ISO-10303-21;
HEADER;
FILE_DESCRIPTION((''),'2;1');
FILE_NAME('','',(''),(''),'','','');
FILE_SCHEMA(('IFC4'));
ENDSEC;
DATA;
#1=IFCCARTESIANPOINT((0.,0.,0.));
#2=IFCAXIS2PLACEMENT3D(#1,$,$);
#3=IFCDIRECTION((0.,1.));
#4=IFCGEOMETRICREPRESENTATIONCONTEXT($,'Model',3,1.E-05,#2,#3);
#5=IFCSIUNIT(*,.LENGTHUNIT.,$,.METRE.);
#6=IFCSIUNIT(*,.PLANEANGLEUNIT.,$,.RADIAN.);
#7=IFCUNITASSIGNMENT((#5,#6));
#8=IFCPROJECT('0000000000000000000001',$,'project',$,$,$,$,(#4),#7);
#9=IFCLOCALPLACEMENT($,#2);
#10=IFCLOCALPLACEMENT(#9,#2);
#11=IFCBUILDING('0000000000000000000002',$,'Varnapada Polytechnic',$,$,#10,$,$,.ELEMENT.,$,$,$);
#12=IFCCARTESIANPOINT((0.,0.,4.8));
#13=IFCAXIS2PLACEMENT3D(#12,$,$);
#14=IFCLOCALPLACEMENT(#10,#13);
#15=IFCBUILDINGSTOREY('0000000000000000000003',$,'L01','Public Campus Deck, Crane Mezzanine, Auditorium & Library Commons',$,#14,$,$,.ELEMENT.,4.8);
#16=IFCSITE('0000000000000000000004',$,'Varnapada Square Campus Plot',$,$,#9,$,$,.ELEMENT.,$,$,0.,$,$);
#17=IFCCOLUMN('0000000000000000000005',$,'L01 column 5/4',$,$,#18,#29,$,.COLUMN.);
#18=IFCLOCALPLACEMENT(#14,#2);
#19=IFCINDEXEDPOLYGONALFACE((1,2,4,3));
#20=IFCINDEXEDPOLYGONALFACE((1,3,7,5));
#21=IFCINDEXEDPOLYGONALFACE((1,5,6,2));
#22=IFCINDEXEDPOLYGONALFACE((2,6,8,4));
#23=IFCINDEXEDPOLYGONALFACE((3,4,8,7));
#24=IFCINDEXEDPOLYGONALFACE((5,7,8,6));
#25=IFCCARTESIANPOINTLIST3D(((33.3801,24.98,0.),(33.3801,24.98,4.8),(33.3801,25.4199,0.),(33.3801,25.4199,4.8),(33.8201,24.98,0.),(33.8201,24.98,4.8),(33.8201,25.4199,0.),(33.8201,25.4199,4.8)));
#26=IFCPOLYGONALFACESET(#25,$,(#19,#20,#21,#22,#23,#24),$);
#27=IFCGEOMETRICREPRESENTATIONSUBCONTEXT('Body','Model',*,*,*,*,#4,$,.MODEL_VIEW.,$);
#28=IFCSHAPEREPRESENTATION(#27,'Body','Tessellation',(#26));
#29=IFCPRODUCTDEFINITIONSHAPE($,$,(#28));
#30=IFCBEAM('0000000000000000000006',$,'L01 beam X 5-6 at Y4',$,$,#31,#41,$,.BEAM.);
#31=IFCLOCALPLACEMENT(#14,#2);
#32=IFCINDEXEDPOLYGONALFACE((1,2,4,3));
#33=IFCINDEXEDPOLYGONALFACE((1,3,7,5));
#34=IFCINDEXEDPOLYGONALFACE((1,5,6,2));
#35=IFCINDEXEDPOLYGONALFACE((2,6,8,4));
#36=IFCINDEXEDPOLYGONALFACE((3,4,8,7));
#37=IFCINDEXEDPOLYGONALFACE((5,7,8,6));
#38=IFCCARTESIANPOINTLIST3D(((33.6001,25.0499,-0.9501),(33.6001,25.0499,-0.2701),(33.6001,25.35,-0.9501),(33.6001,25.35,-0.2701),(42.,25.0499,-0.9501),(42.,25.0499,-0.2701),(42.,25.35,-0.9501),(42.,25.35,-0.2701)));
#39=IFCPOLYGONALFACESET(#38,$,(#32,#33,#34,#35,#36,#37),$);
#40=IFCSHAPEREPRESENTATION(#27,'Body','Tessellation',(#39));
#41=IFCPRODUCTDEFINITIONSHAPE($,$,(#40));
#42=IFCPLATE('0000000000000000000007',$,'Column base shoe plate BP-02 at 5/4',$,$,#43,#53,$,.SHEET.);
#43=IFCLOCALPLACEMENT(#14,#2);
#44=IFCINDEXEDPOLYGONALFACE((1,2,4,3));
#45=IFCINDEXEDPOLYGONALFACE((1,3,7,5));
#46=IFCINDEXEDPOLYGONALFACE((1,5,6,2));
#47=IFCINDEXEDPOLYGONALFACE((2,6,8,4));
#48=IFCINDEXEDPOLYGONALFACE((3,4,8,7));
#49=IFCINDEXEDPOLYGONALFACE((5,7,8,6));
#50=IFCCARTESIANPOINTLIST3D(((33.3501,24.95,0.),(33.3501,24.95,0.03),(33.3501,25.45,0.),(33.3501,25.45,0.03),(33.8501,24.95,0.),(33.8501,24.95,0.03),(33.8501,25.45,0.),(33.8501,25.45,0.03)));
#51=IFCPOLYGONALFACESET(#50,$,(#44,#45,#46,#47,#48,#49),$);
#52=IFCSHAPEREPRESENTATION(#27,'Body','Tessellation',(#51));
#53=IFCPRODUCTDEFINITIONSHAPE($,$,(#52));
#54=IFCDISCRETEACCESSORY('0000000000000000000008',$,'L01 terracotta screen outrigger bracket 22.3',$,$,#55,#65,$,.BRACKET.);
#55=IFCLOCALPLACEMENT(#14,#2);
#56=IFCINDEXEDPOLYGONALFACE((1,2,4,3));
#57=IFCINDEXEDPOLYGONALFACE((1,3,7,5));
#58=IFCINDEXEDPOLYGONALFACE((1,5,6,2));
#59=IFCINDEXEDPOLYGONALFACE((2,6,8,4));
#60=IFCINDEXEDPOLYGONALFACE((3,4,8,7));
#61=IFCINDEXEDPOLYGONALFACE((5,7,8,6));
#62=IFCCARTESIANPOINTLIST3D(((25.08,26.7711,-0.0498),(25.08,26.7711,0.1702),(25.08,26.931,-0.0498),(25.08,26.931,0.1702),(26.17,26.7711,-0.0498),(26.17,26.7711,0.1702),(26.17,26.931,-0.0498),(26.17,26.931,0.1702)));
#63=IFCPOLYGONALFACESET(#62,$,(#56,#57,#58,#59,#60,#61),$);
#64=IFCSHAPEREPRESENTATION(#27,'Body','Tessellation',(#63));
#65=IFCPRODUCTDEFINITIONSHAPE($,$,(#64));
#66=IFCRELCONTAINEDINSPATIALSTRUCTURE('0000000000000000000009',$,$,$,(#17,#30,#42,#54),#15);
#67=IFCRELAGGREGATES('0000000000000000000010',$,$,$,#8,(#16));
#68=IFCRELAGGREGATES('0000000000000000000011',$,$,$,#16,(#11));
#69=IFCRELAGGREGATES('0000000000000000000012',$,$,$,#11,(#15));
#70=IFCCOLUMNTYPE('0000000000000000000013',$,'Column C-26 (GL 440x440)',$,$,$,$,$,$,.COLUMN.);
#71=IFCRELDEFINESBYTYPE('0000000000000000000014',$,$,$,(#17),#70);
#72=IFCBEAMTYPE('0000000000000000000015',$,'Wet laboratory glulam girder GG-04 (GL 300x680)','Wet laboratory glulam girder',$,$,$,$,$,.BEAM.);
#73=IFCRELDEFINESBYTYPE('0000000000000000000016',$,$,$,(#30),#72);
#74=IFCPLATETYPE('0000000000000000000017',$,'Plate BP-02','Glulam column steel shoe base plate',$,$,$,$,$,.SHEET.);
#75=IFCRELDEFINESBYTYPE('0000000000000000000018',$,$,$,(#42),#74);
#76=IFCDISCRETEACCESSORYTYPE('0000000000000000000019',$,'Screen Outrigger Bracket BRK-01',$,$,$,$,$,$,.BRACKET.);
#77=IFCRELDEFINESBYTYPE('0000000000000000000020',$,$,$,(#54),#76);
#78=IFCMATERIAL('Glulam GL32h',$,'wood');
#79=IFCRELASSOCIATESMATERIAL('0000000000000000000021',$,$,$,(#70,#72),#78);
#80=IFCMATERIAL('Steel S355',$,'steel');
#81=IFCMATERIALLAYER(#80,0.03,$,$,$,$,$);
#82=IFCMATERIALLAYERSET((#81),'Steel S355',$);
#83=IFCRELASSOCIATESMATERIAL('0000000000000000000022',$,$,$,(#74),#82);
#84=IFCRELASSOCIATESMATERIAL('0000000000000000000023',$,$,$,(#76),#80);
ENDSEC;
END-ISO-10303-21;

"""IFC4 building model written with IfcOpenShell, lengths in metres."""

from ifc_helpers import new_model, si_unit, direction, frame, origin, origin_2d, place, context, subcontext, project, spatial, rectangle, extrude, material, layer, layer_set, material_profile, profile_set, type_object, element, save


model = new_model("IFC4")

# Units and contexts
model_context = context("Model", 3, precision=1e-05, world=origin(), true_north=direction((0.0, 1.0)))
body_context = subcontext(model_context, "Body", "Model", "MODEL_VIEW")
ifc_project = project(units=[si_unit("LENGTHUNIT", "METRE"), si_unit("PLANEANGLEUNIT", "RADIAN")], contexts=[model_context])

# Site, building, storey
site_placement = place(None, origin())
site = spatial("IfcSite", under=ifc_project, at=site_placement, Name="Varnapada Square Campus Plot", CompositionType="ELEMENT", RefElevation=0.0)
building_placement = place(site_placement, origin())
building = spatial("IfcBuilding", under=site, at=building_placement, Name="Varnapada Polytechnic", CompositionType="ELEMENT")
storey_placement = place(building_placement, frame((0.0, 0.0, 4.8)))
storey = spatial("IfcBuildingStorey", under=building, at=storey_placement, Name="L01", Description="Public Campus Deck, Crane Mezzanine, Auditorium & Library Commons", CompositionType="ELEMENT", Elevation=4.8)

# Column
ifc_material_1 = material(Name="Glulam GL32h", Category="wood")
ifc_material_profile_1 = material_profile(ifc_material_1, rectangle(XDim=0.4399, YDim=0.4399, at=origin_2d()), Name="GL 440x440")
ifc_profile_set_1 = profile_set([ifc_material_profile_1], Name="Glulam GL32h")
column_type = type_object("IfcColumnType", Name="Column C-26 (GL 440x440)", PredefinedType="COLUMN", material=ifc_profile_set_1)
column_placement = place(storey_placement, frame((33.6001, 25.2, 0.0), z_axis=(0.0, 0.0, 1.0), x_axis=(1.0, 0.0, 0.0)))
element("IfcColumn", 1, at=column_placement, inside=storey, type_object=column_type, Name="L01 column 5/4", PredefinedType="COLUMN", context=body_context, shape_type="SweptSolid", body=[
    extrude(rectangle(XDim=0.4399, YDim=0.4399, at=origin_2d()), origin(), (0.0, 0.0, 1.0), 4.8),
])

# Beam
ifc_material_profile_2 = material_profile(ifc_material_1, rectangle(XDim=0.3, YDim=0.6799, at=origin_2d()), Name="GL 300x680")
ifc_profile_set_2 = profile_set([ifc_material_profile_2], Name="Glulam GL32h")
beam_type = type_object("IfcBeamType", Name="Wet laboratory glulam girder GG-04 (GL 300x680)", Description="Wet laboratory glulam girder", PredefinedType="BEAM", material=ifc_profile_set_2)
beam_placement = place(storey_placement, frame((33.6001, 25.2, -0.6101), z_axis=(1.0, 0.0, 0.0), x_axis=(0.0, 1.0, 0.0)))
element("IfcBeam", 2, at=beam_placement, inside=storey, type_object=beam_type, Name="L01 beam X 5-6 at Y4", PredefinedType="BEAM", context=body_context, shape_type="SweptSolid", body=[
    extrude(rectangle(XDim=0.3, YDim=0.6799, at=origin_2d()), origin(), (0.0, 0.0, 1.0), 8.3999),
])

# Plate
ifc_material_2 = material(Name="Steel S355", Category="steel")
ifc_layer = layer(ifc_material_2, 0.03)
ifc_layer_set = layer_set([ifc_layer], Name="Steel S355")
plate_type = type_object("IfcPlateType", Name="Plate BP-02", Description="Glulam column steel shoe base plate", PredefinedType="SHEET", material=ifc_layer_set)
plate_placement = place(storey_placement, frame((33.6001, 25.2, 0.0), z_axis=(0.0, 0.0, 1.0), x_axis=(1.0, 0.0, 0.0)))
element("IfcPlate", 3, at=plate_placement, inside=storey, type_object=plate_type, Name="Column base shoe plate BP-02 at 5/4", PredefinedType="SHEET", context=body_context, shape_type="SweptSolid", body=[
    extrude(rectangle(XDim=0.5, YDim=0.5, at=origin_2d()), origin(), (0.0, 0.0, 1.0), 0.03),
])

# Discrete accessory
discrete_accessory_type = type_object("IfcDiscreteAccessoryType", Name="Screen Outrigger Bracket BRK-01", PredefinedType="BRACKET", material=ifc_material_2)
discrete_accessory_placement = place(storey_placement, frame((25.625, 26.8511, -0.0498), z_axis=(0.0, 0.0, 1.0), x_axis=(0.0, -1.0, 0.0)))
element("IfcDiscreteAccessory", 4, at=discrete_accessory_placement, inside=storey, type_object=discrete_accessory_type, Name="L01 terracotta screen outrigger bracket 22.3", PredefinedType="BRACKET", context=body_context, shape_type="SweptSolid", body=[
    extrude(rectangle(XDim=0.1599, YDim=1.0901, at=origin_2d()), origin(), (0.0, 0.0, 1.0), 0.22),
])

save(model, "model.ifc")
